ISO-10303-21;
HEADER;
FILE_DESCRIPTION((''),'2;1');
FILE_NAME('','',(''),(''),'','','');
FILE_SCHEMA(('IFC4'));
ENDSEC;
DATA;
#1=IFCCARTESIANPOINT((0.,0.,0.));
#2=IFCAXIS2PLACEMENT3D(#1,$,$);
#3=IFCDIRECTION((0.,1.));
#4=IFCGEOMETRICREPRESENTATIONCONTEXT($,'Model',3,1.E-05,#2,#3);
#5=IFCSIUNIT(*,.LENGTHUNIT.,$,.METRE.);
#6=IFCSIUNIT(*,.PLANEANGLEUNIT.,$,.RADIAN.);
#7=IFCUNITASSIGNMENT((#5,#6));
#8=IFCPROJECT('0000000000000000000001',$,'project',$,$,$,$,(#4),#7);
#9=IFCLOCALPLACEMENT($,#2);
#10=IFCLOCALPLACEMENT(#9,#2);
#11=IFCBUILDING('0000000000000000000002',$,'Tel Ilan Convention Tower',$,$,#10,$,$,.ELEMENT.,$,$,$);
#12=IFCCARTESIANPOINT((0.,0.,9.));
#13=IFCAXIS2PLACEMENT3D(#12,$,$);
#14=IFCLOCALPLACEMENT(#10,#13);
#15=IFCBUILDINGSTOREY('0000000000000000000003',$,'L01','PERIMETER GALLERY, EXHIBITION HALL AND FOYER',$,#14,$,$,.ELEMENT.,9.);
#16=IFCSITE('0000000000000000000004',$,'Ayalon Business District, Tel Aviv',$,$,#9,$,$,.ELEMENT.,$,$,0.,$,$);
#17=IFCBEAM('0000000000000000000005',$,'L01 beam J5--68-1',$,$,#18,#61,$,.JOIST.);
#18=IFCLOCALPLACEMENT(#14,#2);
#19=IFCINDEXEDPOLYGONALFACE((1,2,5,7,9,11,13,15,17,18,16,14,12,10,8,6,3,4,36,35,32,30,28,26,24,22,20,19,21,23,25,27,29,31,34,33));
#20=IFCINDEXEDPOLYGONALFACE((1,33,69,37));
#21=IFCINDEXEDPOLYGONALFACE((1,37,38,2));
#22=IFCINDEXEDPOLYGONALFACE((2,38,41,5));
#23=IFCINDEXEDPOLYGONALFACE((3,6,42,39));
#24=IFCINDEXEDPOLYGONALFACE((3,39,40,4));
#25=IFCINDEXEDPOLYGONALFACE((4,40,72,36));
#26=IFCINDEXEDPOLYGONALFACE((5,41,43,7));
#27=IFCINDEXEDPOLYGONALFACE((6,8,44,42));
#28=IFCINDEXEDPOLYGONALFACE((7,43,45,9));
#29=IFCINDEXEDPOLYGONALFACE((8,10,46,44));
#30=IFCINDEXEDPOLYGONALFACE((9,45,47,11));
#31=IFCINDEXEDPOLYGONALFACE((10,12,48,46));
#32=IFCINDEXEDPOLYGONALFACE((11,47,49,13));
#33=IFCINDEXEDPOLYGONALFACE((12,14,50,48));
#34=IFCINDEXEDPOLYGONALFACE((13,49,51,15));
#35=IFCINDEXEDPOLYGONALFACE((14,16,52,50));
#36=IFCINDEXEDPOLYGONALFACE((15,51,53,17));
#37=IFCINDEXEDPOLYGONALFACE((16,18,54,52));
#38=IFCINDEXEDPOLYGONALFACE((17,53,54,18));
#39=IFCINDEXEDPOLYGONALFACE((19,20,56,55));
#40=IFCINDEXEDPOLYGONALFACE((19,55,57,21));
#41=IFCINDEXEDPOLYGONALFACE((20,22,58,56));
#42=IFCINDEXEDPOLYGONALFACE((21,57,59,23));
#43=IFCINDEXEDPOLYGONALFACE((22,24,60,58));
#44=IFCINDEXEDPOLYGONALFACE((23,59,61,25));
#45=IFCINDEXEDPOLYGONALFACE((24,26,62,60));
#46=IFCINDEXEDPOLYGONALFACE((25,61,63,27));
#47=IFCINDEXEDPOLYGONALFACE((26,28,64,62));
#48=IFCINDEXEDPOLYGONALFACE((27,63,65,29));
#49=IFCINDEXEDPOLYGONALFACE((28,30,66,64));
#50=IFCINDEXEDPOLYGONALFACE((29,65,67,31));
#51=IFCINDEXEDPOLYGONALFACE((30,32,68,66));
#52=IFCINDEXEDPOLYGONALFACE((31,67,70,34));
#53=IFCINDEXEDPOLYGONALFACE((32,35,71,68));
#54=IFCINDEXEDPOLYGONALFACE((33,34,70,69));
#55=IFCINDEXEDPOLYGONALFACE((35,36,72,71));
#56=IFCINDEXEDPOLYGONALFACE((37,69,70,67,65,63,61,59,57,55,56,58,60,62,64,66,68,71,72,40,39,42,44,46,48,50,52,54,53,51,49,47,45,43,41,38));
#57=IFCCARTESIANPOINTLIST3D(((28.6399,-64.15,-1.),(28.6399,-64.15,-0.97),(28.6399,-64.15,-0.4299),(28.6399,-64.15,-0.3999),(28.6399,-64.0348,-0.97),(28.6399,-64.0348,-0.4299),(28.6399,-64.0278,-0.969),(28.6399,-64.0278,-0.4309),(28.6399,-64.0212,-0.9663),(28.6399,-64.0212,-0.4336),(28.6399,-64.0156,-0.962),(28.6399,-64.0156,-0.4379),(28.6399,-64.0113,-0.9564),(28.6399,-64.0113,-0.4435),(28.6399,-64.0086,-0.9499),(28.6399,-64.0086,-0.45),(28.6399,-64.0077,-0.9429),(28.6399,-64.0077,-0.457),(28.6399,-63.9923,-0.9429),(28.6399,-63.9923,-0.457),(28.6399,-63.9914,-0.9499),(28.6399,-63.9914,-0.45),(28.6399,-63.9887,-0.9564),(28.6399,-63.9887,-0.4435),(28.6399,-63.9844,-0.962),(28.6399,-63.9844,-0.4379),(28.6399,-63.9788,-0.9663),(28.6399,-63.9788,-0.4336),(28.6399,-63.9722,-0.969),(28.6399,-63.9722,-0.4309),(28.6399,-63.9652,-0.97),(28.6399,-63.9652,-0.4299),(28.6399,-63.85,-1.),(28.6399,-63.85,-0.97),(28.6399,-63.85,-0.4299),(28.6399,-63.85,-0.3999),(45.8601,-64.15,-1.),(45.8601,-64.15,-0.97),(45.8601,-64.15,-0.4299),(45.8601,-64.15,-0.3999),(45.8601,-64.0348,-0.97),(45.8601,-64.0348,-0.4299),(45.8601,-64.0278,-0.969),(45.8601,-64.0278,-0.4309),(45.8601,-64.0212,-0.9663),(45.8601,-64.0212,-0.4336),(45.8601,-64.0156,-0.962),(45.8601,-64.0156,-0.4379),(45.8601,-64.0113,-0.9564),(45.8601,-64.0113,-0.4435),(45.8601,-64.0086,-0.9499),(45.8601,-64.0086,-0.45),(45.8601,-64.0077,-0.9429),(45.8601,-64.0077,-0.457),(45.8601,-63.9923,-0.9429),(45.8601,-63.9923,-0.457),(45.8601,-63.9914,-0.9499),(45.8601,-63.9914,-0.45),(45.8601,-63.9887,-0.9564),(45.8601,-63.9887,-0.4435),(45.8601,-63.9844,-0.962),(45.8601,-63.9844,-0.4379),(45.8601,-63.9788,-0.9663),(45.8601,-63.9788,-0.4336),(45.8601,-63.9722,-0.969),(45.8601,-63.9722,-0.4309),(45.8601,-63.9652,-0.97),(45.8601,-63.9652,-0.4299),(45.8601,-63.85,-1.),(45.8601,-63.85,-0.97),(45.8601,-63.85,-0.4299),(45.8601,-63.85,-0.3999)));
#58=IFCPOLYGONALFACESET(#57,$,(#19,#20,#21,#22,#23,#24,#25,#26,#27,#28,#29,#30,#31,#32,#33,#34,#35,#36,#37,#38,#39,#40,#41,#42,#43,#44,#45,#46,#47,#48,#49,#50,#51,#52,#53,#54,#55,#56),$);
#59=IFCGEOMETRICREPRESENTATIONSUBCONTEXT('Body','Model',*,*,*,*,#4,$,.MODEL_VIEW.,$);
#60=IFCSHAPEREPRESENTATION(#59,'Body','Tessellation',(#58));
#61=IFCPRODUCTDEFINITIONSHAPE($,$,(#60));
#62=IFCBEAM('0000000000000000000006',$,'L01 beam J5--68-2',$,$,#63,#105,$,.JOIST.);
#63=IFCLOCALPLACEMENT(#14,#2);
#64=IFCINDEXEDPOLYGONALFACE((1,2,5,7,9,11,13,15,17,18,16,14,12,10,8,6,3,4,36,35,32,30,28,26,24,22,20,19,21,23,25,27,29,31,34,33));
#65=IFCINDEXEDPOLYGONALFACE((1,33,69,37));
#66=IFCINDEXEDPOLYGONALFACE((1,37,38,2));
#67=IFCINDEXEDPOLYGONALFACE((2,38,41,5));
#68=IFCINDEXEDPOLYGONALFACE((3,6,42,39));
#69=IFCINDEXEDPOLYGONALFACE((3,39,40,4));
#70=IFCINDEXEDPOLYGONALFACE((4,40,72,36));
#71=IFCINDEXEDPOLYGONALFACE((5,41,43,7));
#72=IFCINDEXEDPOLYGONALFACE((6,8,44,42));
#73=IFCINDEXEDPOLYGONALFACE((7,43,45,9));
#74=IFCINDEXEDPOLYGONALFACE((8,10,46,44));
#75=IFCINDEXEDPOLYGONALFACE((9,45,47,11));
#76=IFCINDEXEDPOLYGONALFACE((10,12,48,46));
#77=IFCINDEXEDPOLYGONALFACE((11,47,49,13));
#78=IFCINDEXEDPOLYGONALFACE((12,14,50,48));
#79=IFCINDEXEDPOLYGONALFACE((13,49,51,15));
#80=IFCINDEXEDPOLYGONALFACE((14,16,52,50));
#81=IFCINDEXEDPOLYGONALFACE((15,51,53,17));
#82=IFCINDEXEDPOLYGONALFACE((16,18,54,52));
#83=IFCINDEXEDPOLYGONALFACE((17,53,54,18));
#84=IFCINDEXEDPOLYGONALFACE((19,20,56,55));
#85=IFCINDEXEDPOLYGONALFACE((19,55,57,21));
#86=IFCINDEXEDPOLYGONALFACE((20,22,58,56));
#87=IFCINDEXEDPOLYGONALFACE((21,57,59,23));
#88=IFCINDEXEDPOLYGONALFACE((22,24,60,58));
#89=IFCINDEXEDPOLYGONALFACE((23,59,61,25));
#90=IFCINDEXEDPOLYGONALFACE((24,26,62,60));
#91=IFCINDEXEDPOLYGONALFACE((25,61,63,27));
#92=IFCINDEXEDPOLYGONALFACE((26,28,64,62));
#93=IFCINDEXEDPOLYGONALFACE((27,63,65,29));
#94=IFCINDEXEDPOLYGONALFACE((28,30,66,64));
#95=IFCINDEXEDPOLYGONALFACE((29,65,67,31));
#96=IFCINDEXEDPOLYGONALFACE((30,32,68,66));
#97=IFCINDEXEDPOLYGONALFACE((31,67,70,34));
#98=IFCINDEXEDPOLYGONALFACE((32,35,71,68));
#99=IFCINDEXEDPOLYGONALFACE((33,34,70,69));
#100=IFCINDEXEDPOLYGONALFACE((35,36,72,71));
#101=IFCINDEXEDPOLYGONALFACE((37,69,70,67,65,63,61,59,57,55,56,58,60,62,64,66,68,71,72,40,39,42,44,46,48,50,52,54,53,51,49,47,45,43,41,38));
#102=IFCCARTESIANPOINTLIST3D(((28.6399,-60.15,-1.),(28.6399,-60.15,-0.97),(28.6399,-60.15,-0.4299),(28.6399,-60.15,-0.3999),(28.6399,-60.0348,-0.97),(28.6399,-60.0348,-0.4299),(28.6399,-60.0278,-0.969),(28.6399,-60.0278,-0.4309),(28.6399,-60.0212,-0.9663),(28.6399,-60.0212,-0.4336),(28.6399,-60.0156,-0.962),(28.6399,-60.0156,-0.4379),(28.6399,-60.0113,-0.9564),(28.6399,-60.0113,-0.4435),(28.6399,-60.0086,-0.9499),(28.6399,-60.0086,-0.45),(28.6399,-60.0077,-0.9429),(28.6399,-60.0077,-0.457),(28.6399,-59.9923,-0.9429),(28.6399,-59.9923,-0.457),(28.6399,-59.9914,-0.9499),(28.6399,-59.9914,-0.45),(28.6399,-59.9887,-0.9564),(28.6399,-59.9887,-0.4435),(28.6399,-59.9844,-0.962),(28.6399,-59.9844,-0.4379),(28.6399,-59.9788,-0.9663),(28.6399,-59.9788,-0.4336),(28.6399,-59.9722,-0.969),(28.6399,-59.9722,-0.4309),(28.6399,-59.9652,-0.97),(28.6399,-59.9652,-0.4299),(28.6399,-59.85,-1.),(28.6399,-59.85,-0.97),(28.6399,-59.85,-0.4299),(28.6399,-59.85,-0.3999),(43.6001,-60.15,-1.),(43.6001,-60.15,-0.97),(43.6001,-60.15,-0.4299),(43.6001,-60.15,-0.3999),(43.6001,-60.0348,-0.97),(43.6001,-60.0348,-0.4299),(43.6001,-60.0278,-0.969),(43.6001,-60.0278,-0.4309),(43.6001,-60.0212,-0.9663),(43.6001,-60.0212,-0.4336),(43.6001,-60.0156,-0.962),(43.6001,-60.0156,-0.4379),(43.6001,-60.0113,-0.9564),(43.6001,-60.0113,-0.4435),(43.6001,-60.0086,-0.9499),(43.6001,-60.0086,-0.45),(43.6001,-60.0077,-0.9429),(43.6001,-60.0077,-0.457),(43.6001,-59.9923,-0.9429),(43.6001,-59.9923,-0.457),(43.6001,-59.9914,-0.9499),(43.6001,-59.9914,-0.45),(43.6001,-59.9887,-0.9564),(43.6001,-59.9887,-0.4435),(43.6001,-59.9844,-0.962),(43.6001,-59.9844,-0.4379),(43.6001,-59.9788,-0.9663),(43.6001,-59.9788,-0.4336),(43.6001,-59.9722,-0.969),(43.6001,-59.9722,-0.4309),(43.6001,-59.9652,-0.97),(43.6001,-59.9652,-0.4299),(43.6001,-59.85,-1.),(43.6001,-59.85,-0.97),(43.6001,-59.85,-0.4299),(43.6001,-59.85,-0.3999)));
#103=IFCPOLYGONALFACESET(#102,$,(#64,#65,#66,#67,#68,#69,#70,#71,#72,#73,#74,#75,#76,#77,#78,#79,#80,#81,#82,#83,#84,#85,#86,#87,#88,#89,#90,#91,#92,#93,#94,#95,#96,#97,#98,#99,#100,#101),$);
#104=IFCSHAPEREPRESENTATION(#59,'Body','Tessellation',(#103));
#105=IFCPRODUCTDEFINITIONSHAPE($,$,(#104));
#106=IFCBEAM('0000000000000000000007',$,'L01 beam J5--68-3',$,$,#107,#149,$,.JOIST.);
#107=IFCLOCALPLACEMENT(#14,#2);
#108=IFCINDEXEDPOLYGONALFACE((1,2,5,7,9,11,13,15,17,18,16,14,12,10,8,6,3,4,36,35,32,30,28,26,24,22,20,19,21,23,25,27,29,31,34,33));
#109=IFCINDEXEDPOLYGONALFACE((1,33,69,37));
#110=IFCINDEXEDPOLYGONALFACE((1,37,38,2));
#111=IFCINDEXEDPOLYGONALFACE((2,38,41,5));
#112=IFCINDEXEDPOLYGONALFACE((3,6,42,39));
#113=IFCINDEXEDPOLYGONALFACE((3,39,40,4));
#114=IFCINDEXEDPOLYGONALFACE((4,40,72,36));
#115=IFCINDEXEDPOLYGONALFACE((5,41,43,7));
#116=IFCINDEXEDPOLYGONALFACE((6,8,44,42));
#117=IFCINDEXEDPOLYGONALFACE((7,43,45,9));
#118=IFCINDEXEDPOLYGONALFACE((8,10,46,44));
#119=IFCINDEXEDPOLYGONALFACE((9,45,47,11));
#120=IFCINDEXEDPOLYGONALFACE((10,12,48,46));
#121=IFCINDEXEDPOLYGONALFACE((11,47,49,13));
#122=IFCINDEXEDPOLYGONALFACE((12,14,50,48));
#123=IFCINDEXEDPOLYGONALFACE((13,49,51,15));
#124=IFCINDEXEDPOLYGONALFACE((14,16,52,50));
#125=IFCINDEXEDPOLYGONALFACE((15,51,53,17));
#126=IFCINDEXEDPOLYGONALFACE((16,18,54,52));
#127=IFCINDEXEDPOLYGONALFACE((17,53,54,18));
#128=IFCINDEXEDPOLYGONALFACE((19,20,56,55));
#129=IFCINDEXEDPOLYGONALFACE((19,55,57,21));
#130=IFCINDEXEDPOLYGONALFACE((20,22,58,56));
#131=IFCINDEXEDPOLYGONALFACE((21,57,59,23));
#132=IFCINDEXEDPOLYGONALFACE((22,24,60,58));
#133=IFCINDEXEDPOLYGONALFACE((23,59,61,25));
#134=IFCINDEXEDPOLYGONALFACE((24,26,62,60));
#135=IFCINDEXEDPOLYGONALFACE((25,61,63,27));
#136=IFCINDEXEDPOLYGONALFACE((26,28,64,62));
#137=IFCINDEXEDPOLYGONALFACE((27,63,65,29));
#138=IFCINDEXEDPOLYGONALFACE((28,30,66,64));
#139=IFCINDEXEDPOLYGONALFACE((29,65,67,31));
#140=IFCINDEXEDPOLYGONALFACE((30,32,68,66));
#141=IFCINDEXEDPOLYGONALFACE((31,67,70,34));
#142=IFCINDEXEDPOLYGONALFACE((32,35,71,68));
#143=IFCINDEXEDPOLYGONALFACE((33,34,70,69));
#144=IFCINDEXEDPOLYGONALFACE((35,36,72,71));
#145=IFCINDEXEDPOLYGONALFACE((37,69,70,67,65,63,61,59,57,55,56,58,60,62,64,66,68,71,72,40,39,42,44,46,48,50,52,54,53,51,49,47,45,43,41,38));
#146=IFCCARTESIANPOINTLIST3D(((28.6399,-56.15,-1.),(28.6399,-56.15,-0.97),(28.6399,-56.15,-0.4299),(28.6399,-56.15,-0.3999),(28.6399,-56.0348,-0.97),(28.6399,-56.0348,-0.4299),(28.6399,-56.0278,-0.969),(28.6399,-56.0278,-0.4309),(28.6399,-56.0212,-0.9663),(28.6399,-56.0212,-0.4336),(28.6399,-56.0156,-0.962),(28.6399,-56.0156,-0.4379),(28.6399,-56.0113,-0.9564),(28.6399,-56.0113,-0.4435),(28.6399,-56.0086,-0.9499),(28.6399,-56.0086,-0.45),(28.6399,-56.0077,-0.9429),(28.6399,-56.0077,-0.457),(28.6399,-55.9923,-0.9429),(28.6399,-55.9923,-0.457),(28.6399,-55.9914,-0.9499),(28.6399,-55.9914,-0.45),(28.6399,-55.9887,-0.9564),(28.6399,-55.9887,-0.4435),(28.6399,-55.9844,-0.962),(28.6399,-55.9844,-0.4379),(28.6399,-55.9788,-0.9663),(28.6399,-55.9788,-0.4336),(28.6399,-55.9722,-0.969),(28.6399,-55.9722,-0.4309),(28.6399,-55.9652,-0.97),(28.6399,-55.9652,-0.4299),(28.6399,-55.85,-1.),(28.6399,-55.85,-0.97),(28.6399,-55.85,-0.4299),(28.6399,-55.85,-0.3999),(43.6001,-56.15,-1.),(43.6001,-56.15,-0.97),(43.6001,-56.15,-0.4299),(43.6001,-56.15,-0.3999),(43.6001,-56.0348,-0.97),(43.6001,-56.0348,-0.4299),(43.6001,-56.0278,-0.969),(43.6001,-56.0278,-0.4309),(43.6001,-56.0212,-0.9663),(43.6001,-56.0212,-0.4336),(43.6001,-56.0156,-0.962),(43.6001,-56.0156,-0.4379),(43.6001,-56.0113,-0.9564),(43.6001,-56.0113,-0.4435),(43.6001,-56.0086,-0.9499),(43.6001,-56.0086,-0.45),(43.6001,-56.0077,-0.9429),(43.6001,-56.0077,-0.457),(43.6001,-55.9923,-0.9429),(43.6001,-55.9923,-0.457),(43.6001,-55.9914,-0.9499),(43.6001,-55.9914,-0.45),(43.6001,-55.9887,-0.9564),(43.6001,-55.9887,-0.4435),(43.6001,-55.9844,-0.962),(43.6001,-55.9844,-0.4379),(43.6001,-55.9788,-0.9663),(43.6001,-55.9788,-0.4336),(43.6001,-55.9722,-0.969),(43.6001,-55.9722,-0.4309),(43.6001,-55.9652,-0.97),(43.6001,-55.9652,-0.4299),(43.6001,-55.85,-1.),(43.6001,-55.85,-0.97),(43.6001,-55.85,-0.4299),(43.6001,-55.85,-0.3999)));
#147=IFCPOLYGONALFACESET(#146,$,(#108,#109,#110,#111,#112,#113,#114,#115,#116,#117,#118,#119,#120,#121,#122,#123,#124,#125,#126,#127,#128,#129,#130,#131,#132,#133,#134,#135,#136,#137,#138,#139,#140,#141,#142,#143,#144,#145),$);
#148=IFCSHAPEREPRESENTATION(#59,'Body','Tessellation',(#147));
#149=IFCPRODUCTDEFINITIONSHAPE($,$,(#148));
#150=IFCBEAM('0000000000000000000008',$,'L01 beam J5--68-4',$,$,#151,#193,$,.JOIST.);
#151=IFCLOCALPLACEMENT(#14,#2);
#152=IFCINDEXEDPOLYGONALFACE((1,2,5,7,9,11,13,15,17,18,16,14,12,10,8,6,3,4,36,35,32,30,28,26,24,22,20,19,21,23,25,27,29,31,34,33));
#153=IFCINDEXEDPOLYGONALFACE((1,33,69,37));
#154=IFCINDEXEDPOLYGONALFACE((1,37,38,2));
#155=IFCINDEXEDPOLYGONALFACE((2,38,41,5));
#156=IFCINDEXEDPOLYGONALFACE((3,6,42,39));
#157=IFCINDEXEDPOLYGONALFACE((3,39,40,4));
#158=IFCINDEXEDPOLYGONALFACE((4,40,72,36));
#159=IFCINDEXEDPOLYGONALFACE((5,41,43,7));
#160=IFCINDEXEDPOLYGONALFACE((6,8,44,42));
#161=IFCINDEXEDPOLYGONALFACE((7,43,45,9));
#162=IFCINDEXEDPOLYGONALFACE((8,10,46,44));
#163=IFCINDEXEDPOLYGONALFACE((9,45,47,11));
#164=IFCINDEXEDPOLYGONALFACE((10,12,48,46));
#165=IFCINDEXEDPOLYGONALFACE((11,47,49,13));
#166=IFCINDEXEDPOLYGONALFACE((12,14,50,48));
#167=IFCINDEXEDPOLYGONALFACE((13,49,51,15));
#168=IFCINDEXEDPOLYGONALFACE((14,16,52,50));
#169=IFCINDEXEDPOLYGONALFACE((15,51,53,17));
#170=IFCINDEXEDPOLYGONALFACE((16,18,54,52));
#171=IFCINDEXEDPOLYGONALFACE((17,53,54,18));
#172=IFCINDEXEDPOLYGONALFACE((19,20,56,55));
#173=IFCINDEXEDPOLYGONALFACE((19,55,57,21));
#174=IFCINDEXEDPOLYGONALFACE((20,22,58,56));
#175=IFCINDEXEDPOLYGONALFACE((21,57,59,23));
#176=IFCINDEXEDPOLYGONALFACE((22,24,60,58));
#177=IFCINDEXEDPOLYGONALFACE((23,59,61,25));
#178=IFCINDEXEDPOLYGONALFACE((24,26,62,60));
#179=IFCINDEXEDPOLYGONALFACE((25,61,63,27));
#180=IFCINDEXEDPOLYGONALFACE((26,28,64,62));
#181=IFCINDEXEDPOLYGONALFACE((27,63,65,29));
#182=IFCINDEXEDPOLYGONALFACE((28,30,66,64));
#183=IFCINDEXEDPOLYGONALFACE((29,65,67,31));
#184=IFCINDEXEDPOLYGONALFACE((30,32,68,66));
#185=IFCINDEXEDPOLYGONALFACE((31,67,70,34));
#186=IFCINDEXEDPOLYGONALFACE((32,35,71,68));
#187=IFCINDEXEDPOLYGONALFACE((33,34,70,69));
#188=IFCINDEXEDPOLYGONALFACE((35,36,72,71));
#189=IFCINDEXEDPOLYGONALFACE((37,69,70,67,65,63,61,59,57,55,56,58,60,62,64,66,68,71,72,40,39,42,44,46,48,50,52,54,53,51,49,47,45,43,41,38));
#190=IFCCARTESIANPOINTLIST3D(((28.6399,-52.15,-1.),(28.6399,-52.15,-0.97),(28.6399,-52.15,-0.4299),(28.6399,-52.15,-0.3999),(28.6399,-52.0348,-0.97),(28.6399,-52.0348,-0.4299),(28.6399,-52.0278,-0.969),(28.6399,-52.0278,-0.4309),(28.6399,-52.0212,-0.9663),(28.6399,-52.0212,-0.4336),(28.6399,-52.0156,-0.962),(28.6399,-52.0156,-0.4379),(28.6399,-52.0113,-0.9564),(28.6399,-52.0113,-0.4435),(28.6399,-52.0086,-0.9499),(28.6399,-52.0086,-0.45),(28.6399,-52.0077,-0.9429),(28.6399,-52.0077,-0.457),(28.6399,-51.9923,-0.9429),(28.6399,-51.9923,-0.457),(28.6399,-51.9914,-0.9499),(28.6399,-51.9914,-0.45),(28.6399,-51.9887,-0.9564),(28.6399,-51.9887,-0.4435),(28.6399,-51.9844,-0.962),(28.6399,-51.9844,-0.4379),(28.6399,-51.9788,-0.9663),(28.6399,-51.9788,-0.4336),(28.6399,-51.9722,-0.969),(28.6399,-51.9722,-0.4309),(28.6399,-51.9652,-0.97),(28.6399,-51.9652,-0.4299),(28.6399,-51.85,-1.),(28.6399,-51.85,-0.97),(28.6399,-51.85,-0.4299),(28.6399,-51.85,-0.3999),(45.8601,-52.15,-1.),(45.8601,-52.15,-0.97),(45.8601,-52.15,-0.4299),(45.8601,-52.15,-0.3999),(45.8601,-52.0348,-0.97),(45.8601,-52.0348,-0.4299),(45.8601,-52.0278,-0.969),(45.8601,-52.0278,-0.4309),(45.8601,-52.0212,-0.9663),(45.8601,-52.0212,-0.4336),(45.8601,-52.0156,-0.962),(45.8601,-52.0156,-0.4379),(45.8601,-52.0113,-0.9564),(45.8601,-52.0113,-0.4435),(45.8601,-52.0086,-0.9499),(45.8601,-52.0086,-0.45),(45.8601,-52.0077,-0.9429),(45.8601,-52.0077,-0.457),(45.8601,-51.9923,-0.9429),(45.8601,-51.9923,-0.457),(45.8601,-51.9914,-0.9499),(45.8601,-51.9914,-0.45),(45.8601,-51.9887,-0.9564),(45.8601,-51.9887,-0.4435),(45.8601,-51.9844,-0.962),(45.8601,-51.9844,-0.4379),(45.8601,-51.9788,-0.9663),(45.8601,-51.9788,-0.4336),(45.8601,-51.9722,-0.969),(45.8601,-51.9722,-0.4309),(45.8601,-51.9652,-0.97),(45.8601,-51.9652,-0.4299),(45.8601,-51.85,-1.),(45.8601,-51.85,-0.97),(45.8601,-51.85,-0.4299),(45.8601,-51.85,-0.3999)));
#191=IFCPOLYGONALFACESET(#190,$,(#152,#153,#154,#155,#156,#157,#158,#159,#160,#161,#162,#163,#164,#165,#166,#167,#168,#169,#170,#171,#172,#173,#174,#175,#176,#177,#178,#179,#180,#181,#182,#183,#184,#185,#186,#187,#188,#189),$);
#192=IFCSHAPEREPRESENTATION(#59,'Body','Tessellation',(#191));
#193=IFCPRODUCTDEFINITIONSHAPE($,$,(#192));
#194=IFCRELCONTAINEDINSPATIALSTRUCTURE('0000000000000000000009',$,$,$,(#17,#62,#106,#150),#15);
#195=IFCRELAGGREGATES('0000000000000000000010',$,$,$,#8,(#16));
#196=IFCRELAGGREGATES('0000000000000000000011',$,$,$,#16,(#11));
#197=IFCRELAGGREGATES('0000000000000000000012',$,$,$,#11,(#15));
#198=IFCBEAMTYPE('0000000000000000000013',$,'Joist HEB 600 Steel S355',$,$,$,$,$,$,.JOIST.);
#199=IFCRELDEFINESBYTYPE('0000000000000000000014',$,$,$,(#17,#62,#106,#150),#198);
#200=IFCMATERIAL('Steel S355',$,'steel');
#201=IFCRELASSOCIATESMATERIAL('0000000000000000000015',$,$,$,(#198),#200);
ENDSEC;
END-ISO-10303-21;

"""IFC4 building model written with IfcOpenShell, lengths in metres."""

from ifc_helpers import new_model, si_unit, direction, frame, origin, origin_2d, place, context, subcontext, project, spatial, i_section, extrude, material, material_profile, profile_set, type_object, element, save


model = new_model("IFC4")

# Units and contexts
model_context = context("Model", 3, precision=1e-05, world=origin(), true_north=direction((0.0, 1.0)))
body_context = subcontext(model_context, "Body", "Model", "MODEL_VIEW")
ifc_project = project(units=[si_unit("LENGTHUNIT", "METRE"), si_unit("PLANEANGLEUNIT", "RADIAN")], contexts=[model_context])

# Site, building, storey
site_placement = place(None, origin())
site = spatial("IfcSite", under=ifc_project, at=site_placement, Name="Ayalon Business District, Tel Aviv", CompositionType="ELEMENT", RefElevation=0.0)
building_placement = place(site_placement, origin())
building = spatial("IfcBuilding", under=site, at=building_placement, Name="Tel Ilan Convention Tower", CompositionType="ELEMENT")
storey_placement = place(building_placement, frame((0.0, 0.0, 9.0)))
storey = spatial("IfcBuildingStorey", under=building, at=storey_placement, Name="L01", Description="PERIMETER GALLERY, EXHIBITION HALL AND FOYER", CompositionType="ELEMENT", Elevation=9.0)

# Beams
ifc_material_1 = material(Name="Steel S355", Category="steel")
ifc_material_profile_1 = material_profile(ifc_material_1, i_section(OverallWidth=0.3, OverallDepth=0.6001, WebThickness=0.0154, FlangeThickness=0.03, FilletRadius=0.0271, at=origin_2d()), Name="HEB 600")
ifc_profile_set_1 = profile_set([ifc_material_profile_1], Name="Steel S355")
beam_type_1 = type_object("IfcBeamType", Name="Joist HEB 600 Steel S355", PredefinedType="JOIST", material=ifc_profile_set_1)
beam_1_placement = place(storey_placement, frame((28.6399, -64.0, -0.7), z_axis=(1.0, 0.0, 0.0), x_axis=(0.0, 1.0, 0.0)))
element("IfcBeam", 1, at=beam_1_placement, inside=storey, type_object=beam_type_1, Name="L01 beam J5--68-1", PredefinedType="JOIST", context=body_context, shape_type="SweptSolid", body=[
    extrude(i_section(OverallWidth=0.3, OverallDepth=0.6001, WebThickness=0.0154, FlangeThickness=0.03, FilletRadius=0.0271, at=origin_2d()), origin(), (0.0, 0.0, 1.0), 17.2202),
])
for number, where, z_axis, x_axis, name in (
    (2, (28.6399, -60.0, -0.7), (1.0, 0.0, 0.0), (0.0, 1.0, 0.0), "L01 beam J5--68-2"),
    (3, (28.6399, -56.0, -0.7), (1.0, 0.0, 0.0), (0.0, 1.0, 0.0), "L01 beam J5--68-3"),
):
    element("IfcBeam", number, at=place(storey_placement, frame(where, z_axis=z_axis, x_axis=x_axis)), inside=storey, type_object=beam_type_1, Name=name, PredefinedType="JOIST", context=body_context, shape_type="SweptSolid", body=[
        extrude(i_section(OverallWidth=0.3, OverallDepth=0.6001, WebThickness=0.0154, FlangeThickness=0.03, FilletRadius=0.0271, at=origin_2d()), origin(), (0.0, 0.0, 1.0), 14.9602),
    ])
beam_2_placement = place(storey_placement, frame((28.6399, -52.0, -0.7), z_axis=(1.0, 0.0, 0.0), x_axis=(0.0, 1.0, 0.0)))
element("IfcBeam", 4, at=beam_2_placement, inside=storey, type_object=beam_type_1, Name="L01 beam J5--68-4", PredefinedType="JOIST", context=body_context, shape_type="SweptSolid", body=[
    extrude(i_section(OverallWidth=0.3, OverallDepth=0.6001, WebThickness=0.0154, FlangeThickness=0.03, FilletRadius=0.0271, at=origin_2d()), origin(), (0.0, 0.0, 1.0), 17.2202),
])

save(model, "model.ifc")
